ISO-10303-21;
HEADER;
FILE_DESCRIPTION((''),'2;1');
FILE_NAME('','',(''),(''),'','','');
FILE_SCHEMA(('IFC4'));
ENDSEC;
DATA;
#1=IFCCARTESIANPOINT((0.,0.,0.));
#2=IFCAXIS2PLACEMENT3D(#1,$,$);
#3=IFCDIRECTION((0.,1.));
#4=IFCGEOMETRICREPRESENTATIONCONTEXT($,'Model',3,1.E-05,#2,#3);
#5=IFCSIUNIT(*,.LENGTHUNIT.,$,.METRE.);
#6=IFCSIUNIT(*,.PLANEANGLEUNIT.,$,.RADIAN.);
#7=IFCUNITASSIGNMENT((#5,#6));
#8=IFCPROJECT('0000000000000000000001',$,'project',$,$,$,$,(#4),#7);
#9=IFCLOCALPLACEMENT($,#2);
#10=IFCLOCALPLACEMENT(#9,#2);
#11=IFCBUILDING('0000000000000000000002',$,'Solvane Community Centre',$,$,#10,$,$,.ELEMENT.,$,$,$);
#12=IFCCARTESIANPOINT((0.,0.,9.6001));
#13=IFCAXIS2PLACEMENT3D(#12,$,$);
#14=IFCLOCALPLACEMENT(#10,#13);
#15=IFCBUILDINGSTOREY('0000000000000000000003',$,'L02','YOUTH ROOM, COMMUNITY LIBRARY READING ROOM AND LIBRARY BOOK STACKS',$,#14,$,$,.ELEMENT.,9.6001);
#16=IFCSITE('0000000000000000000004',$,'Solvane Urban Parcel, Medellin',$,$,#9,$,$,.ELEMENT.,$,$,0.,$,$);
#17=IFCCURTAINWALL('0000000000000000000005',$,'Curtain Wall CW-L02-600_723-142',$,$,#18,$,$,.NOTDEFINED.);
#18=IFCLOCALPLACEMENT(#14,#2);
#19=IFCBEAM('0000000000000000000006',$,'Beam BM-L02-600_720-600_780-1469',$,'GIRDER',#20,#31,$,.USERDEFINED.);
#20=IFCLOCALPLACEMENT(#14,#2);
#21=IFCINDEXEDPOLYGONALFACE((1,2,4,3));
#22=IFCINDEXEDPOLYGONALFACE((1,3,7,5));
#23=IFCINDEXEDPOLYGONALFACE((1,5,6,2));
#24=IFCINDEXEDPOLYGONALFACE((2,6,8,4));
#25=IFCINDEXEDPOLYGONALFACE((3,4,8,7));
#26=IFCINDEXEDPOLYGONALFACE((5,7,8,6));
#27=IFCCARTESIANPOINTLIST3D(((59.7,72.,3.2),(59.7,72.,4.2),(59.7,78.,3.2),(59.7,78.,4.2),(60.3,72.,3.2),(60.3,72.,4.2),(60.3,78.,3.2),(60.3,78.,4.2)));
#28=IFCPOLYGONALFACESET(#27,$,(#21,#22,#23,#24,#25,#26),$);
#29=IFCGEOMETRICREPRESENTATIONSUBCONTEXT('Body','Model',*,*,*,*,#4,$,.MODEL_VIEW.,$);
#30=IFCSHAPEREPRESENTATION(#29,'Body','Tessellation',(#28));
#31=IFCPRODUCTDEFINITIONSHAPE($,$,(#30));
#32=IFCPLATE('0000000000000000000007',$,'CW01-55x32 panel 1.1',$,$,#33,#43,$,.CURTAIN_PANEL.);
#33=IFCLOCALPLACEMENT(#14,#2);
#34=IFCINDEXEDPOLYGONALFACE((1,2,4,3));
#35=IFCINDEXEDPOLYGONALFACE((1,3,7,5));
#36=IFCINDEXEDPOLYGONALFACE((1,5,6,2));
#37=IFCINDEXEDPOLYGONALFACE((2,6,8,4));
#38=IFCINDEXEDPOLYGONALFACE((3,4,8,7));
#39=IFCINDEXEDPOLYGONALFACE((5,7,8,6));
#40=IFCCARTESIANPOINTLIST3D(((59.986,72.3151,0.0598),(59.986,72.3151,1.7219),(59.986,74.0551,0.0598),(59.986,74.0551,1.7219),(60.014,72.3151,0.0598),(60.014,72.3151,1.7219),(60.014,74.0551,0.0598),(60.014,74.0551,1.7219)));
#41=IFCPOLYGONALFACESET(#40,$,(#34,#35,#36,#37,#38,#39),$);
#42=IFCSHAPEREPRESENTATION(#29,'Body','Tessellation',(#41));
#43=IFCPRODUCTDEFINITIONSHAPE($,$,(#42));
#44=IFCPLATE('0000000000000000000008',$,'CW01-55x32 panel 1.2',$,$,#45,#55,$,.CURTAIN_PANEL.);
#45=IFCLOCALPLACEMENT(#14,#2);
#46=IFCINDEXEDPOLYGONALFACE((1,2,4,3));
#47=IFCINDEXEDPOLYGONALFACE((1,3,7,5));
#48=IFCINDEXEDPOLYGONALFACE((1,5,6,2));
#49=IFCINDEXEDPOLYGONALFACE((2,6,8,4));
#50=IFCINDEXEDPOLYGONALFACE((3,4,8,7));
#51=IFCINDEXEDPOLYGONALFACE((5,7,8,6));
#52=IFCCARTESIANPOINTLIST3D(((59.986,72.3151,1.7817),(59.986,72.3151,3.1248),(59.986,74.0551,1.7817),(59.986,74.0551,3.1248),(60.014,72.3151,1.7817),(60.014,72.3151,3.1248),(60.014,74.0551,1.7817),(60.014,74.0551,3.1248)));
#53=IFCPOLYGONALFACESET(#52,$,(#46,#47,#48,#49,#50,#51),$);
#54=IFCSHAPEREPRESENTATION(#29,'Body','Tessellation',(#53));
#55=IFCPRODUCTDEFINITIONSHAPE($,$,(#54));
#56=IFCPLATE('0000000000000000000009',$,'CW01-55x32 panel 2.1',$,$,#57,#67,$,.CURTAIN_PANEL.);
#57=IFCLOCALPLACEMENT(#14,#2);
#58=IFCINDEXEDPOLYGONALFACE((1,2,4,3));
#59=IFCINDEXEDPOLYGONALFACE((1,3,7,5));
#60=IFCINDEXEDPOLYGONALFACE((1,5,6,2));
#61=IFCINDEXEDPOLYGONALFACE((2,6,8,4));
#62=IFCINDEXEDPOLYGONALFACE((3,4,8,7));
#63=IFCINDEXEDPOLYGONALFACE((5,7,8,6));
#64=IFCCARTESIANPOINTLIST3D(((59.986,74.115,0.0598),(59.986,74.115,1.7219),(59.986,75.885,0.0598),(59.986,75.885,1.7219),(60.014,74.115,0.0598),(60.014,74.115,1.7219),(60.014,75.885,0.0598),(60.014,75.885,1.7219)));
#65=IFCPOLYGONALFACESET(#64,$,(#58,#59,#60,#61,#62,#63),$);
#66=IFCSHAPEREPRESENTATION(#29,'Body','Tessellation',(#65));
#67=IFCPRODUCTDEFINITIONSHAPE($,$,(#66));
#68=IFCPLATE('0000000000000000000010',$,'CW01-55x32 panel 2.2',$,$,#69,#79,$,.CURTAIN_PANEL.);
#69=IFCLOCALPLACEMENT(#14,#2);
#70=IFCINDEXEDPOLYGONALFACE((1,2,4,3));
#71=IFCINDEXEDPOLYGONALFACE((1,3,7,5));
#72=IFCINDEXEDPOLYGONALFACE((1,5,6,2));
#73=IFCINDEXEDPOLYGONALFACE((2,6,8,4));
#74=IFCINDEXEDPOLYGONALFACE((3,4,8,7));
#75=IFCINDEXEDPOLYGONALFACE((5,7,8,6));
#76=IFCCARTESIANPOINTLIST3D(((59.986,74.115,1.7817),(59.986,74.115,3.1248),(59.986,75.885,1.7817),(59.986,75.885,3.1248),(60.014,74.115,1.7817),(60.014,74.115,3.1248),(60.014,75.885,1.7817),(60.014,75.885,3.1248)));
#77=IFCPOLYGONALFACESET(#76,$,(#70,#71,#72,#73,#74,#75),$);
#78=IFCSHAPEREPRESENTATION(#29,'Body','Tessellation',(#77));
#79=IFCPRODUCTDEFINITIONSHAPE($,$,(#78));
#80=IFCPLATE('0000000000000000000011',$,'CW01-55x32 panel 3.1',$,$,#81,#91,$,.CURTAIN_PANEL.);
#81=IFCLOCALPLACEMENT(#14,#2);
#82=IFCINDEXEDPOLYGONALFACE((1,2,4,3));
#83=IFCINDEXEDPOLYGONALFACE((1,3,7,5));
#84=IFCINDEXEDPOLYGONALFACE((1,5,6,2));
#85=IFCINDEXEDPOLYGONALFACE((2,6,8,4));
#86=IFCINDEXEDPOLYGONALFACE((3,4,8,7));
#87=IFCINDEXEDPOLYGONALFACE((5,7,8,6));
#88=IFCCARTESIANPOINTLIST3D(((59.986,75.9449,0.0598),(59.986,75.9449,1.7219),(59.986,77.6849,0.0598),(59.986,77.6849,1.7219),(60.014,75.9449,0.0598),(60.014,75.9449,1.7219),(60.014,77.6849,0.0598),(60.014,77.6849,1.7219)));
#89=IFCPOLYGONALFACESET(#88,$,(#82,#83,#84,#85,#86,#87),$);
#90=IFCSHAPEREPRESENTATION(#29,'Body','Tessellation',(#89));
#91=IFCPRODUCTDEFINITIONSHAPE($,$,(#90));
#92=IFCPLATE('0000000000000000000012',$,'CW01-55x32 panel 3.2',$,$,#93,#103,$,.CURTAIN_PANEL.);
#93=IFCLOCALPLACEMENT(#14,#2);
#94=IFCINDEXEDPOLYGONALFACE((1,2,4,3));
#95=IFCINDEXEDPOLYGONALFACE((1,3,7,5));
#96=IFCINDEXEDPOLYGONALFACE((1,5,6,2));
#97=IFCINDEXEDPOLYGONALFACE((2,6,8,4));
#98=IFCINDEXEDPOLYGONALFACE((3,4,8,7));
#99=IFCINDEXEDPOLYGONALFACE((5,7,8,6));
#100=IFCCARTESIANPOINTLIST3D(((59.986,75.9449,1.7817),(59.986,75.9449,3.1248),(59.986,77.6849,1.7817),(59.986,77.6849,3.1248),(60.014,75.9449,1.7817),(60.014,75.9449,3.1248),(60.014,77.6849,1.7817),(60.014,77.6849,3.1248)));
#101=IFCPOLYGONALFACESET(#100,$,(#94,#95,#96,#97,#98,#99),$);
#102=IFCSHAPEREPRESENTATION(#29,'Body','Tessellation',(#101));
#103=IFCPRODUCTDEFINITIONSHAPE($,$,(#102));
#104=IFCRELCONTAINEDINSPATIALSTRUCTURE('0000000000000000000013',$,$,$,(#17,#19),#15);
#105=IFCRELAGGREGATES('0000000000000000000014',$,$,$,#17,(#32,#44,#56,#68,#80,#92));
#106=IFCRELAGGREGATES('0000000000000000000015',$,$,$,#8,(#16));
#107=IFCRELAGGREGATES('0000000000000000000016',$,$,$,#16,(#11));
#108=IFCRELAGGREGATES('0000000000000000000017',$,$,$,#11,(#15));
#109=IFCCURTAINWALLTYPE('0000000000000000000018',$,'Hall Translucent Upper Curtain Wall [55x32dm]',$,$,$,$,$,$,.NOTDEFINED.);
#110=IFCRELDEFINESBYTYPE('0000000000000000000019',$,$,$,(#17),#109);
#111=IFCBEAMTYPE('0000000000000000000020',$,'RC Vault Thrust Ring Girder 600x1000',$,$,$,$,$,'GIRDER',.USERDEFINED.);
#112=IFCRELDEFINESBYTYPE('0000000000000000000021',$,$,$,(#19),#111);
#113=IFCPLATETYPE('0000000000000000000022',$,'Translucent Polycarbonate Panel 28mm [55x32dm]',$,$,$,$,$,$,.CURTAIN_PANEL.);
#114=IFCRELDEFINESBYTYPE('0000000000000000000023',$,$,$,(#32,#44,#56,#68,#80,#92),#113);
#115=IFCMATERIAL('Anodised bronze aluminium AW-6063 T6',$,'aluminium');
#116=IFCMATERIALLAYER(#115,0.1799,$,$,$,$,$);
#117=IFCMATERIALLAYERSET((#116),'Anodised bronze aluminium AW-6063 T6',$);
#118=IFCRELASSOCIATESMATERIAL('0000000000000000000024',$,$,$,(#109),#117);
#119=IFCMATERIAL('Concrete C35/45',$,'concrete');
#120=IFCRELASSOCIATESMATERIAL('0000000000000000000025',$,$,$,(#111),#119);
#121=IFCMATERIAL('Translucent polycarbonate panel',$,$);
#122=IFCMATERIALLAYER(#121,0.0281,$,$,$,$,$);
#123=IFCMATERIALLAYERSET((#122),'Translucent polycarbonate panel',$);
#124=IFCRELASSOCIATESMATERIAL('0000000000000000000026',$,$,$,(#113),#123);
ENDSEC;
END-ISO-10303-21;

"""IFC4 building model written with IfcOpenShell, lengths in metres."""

from ifc_helpers import new_model, si_unit, direction, frame, origin, origin_2d, place, context, subcontext, project, spatial, rectangle, extrude, material, layer, layer_set, material_profile, profile_set, type_object, element, aggregate, save


model = new_model("IFC4")

# Units and contexts
model_context = context("Model", 3, precision=1e-05, world=origin(), true_north=direction((0.0, 1.0)))
body_context = subcontext(model_context, "Body", "Model", "MODEL_VIEW")
ifc_project = project(units=[si_unit("LENGTHUNIT", "METRE"), si_unit("PLANEANGLEUNIT", "RADIAN")], contexts=[model_context])

# Site, building, storey
site_placement = place(None, origin())
site = spatial("IfcSite", under=ifc_project, at=site_placement, Name="Solvane Urban Parcel, Medellin", CompositionType="ELEMENT", RefElevation=0.0)
building_placement = place(site_placement, origin())
building = spatial("IfcBuilding", under=site, at=building_placement, Name="Solvane Community Centre", CompositionType="ELEMENT")
storey_placement = place(building_placement, frame((0.0, 0.0, 9.6001)))
storey = spatial("IfcBuildingStorey", under=building, at=storey_placement, Name="L02", Description="YOUTH ROOM, COMMUNITY LIBRARY READING ROOM AND LIBRARY BOOK STACKS", CompositionType="ELEMENT", Elevation=9.6001)

# Curtain wall
ifc_material_1 = material(Name="Anodised bronze aluminium AW-6063 T6", Category="aluminium")
ifc_layer_1 = layer(ifc_material_1, 0.1799)
ifc_layer_set_1 = layer_set([ifc_layer_1], Name="Anodised bronze aluminium AW-6063 T6")
curtain_wall_type = type_object("IfcCurtainWallType", Name="Hall Translucent Upper Curtain Wall [55x32dm]", PredefinedType="NOTDEFINED", material=ifc_layer_set_1)
curtain_wall_placement = place(storey_placement, origin())
curtain_wall = element("IfcCurtainWall", 1, at=curtain_wall_placement, inside=storey, type_object=curtain_wall_type, Name="Curtain Wall CW-L02-600_723-142", PredefinedType="NOTDEFINED")

# Beam
ifc_material_2 = material(Name="Concrete C35/45", Category="concrete")
ifc_material_profile_1 = material_profile(ifc_material_2, rectangle(XDim=0.6001, YDim=1.0, at=origin_2d()), Name="RC 600x1000")
ifc_profile_set_1 = profile_set([ifc_material_profile_1], Name="Concrete C35/45")
beam_type = type_object("IfcBeamType", Name="RC Vault Thrust Ring Girder 600x1000", ElementType="GIRDER", PredefinedType="USERDEFINED", material=ifc_profile_set_1)
beam_placement = place(storey_placement, frame((60.0, 72.0, 3.7), z_axis=(0.0, 1.0, 0.0), x_axis=(-1.0, 0.0, 0.0)))
element("IfcBeam", 2, at=beam_placement, inside=storey, type_object=beam_type, Name="Beam BM-L02-600_720-600_780-1469", ObjectType="GIRDER", PredefinedType="USERDEFINED", context=body_context, shape_type="SweptSolid", body=[
    extrude(rectangle(XDim=0.6001, YDim=1.0, at=origin_2d()), origin(), (0.0, 0.0, 1.0), 6.0),
])

# Plates
ifc_material_3 = material(Name="Translucent polycarbonate panel")
ifc_layer_2 = layer(ifc_material_3, 0.0281)
ifc_layer_set_2 = layer_set([ifc_layer_2], Name="Translucent polycarbonate panel")
plate_type = type_object("IfcPlateType", Name="Translucent Polycarbonate Panel 28mm [55x32dm]", PredefinedType="CURTAIN_PANEL", material=ifc_layer_set_2)
plate_1_placement = place(storey_placement, frame((60.0, 73.1851, 0.0598), z_axis=(0.0, 0.0, 1.0), x_axis=(0.0, 1.0, 0.0)))
plate_1 = element("IfcPlate", 3, at=plate_1_placement, type_object=plate_type, Name="CW01-55x32 panel 1.1", PredefinedType="CURTAIN_PANEL", context=body_context, shape_type="SweptSolid", body=[
    extrude(rectangle(XDim=1.74, YDim=0.0281, at=origin_2d()), origin(), (0.0, 0.0, 1.0), 1.6621),
])
plate_2_placement = place(storey_placement, frame((60.0, 73.1851, 1.7817), z_axis=(0.0, 0.0, 1.0), x_axis=(0.0, 1.0, 0.0)))
plate_2 = element("IfcPlate", 4, at=plate_2_placement, type_object=plate_type, Name="CW01-55x32 panel 1.2", PredefinedType="CURTAIN_PANEL", context=body_context, shape_type="SweptSolid", body=[
    extrude(rectangle(XDim=1.74, YDim=0.0281, at=origin_2d()), origin(), (0.0, 0.0, 1.0), 1.343),
])
plate_3_placement = place(storey_placement, frame((60.0, 75.0, 0.0598), z_axis=(0.0, 0.0, 1.0), x_axis=(0.0, 1.0, 0.0)))
plate_3 = element("IfcPlate", 5, at=plate_3_placement, type_object=plate_type, Name="CW01-55x32 panel 2.1", PredefinedType="CURTAIN_PANEL", context=body_context, shape_type="SweptSolid", body=[
    extrude(rectangle(XDim=1.77, YDim=0.0281, at=origin_2d()), origin(), (0.0, 0.0, 1.0), 1.6621),
])
plate_4_placement = place(storey_placement, frame((60.0, 75.0, 1.7817), z_axis=(0.0, 0.0, 1.0), x_axis=(0.0, 1.0, 0.0)))
plate_4 = element("IfcPlate", 6, at=plate_4_placement, type_object=plate_type, Name="CW01-55x32 panel 2.2", PredefinedType="CURTAIN_PANEL", context=body_context, shape_type="SweptSolid", body=[
    extrude(rectangle(XDim=1.77, YDim=0.0281, at=origin_2d()), origin(), (0.0, 0.0, 1.0), 1.343),
])
plate_5_placement = place(storey_placement, frame((60.0, 76.8149, 0.0598), z_axis=(0.0, 0.0, 1.0), x_axis=(0.0, 1.0, 0.0)))
plate_5 = element("IfcPlate", 7, at=plate_5_placement, type_object=plate_type, Name="CW01-55x32 panel 3.1", PredefinedType="CURTAIN_PANEL", context=body_context, shape_type="SweptSolid", body=[
    extrude(rectangle(XDim=1.74, YDim=0.0281, at=origin_2d()), origin(), (0.0, 0.0, 1.0), 1.6621),
])
plate_6_placement = place(storey_placement, frame((60.0, 76.8149, 1.7817), z_axis=(0.0, 0.0, 1.0), x_axis=(0.0, 1.0, 0.0)))
plate_6 = element("IfcPlate", 8, at=plate_6_placement, type_object=plate_type, Name="CW01-55x32 panel 3.2", PredefinedType="CURTAIN_PANEL", context=body_context, shape_type="SweptSolid", body=[
    extrude(rectangle(XDim=1.74, YDim=0.0281, at=origin_2d()), origin(), (0.0, 0.0, 1.0), 1.343),
])
aggregate(curtain_wall, [plate_1, plate_2, plate_3, plate_4, plate_5, plate_6])

save(model, "model.ifc")
